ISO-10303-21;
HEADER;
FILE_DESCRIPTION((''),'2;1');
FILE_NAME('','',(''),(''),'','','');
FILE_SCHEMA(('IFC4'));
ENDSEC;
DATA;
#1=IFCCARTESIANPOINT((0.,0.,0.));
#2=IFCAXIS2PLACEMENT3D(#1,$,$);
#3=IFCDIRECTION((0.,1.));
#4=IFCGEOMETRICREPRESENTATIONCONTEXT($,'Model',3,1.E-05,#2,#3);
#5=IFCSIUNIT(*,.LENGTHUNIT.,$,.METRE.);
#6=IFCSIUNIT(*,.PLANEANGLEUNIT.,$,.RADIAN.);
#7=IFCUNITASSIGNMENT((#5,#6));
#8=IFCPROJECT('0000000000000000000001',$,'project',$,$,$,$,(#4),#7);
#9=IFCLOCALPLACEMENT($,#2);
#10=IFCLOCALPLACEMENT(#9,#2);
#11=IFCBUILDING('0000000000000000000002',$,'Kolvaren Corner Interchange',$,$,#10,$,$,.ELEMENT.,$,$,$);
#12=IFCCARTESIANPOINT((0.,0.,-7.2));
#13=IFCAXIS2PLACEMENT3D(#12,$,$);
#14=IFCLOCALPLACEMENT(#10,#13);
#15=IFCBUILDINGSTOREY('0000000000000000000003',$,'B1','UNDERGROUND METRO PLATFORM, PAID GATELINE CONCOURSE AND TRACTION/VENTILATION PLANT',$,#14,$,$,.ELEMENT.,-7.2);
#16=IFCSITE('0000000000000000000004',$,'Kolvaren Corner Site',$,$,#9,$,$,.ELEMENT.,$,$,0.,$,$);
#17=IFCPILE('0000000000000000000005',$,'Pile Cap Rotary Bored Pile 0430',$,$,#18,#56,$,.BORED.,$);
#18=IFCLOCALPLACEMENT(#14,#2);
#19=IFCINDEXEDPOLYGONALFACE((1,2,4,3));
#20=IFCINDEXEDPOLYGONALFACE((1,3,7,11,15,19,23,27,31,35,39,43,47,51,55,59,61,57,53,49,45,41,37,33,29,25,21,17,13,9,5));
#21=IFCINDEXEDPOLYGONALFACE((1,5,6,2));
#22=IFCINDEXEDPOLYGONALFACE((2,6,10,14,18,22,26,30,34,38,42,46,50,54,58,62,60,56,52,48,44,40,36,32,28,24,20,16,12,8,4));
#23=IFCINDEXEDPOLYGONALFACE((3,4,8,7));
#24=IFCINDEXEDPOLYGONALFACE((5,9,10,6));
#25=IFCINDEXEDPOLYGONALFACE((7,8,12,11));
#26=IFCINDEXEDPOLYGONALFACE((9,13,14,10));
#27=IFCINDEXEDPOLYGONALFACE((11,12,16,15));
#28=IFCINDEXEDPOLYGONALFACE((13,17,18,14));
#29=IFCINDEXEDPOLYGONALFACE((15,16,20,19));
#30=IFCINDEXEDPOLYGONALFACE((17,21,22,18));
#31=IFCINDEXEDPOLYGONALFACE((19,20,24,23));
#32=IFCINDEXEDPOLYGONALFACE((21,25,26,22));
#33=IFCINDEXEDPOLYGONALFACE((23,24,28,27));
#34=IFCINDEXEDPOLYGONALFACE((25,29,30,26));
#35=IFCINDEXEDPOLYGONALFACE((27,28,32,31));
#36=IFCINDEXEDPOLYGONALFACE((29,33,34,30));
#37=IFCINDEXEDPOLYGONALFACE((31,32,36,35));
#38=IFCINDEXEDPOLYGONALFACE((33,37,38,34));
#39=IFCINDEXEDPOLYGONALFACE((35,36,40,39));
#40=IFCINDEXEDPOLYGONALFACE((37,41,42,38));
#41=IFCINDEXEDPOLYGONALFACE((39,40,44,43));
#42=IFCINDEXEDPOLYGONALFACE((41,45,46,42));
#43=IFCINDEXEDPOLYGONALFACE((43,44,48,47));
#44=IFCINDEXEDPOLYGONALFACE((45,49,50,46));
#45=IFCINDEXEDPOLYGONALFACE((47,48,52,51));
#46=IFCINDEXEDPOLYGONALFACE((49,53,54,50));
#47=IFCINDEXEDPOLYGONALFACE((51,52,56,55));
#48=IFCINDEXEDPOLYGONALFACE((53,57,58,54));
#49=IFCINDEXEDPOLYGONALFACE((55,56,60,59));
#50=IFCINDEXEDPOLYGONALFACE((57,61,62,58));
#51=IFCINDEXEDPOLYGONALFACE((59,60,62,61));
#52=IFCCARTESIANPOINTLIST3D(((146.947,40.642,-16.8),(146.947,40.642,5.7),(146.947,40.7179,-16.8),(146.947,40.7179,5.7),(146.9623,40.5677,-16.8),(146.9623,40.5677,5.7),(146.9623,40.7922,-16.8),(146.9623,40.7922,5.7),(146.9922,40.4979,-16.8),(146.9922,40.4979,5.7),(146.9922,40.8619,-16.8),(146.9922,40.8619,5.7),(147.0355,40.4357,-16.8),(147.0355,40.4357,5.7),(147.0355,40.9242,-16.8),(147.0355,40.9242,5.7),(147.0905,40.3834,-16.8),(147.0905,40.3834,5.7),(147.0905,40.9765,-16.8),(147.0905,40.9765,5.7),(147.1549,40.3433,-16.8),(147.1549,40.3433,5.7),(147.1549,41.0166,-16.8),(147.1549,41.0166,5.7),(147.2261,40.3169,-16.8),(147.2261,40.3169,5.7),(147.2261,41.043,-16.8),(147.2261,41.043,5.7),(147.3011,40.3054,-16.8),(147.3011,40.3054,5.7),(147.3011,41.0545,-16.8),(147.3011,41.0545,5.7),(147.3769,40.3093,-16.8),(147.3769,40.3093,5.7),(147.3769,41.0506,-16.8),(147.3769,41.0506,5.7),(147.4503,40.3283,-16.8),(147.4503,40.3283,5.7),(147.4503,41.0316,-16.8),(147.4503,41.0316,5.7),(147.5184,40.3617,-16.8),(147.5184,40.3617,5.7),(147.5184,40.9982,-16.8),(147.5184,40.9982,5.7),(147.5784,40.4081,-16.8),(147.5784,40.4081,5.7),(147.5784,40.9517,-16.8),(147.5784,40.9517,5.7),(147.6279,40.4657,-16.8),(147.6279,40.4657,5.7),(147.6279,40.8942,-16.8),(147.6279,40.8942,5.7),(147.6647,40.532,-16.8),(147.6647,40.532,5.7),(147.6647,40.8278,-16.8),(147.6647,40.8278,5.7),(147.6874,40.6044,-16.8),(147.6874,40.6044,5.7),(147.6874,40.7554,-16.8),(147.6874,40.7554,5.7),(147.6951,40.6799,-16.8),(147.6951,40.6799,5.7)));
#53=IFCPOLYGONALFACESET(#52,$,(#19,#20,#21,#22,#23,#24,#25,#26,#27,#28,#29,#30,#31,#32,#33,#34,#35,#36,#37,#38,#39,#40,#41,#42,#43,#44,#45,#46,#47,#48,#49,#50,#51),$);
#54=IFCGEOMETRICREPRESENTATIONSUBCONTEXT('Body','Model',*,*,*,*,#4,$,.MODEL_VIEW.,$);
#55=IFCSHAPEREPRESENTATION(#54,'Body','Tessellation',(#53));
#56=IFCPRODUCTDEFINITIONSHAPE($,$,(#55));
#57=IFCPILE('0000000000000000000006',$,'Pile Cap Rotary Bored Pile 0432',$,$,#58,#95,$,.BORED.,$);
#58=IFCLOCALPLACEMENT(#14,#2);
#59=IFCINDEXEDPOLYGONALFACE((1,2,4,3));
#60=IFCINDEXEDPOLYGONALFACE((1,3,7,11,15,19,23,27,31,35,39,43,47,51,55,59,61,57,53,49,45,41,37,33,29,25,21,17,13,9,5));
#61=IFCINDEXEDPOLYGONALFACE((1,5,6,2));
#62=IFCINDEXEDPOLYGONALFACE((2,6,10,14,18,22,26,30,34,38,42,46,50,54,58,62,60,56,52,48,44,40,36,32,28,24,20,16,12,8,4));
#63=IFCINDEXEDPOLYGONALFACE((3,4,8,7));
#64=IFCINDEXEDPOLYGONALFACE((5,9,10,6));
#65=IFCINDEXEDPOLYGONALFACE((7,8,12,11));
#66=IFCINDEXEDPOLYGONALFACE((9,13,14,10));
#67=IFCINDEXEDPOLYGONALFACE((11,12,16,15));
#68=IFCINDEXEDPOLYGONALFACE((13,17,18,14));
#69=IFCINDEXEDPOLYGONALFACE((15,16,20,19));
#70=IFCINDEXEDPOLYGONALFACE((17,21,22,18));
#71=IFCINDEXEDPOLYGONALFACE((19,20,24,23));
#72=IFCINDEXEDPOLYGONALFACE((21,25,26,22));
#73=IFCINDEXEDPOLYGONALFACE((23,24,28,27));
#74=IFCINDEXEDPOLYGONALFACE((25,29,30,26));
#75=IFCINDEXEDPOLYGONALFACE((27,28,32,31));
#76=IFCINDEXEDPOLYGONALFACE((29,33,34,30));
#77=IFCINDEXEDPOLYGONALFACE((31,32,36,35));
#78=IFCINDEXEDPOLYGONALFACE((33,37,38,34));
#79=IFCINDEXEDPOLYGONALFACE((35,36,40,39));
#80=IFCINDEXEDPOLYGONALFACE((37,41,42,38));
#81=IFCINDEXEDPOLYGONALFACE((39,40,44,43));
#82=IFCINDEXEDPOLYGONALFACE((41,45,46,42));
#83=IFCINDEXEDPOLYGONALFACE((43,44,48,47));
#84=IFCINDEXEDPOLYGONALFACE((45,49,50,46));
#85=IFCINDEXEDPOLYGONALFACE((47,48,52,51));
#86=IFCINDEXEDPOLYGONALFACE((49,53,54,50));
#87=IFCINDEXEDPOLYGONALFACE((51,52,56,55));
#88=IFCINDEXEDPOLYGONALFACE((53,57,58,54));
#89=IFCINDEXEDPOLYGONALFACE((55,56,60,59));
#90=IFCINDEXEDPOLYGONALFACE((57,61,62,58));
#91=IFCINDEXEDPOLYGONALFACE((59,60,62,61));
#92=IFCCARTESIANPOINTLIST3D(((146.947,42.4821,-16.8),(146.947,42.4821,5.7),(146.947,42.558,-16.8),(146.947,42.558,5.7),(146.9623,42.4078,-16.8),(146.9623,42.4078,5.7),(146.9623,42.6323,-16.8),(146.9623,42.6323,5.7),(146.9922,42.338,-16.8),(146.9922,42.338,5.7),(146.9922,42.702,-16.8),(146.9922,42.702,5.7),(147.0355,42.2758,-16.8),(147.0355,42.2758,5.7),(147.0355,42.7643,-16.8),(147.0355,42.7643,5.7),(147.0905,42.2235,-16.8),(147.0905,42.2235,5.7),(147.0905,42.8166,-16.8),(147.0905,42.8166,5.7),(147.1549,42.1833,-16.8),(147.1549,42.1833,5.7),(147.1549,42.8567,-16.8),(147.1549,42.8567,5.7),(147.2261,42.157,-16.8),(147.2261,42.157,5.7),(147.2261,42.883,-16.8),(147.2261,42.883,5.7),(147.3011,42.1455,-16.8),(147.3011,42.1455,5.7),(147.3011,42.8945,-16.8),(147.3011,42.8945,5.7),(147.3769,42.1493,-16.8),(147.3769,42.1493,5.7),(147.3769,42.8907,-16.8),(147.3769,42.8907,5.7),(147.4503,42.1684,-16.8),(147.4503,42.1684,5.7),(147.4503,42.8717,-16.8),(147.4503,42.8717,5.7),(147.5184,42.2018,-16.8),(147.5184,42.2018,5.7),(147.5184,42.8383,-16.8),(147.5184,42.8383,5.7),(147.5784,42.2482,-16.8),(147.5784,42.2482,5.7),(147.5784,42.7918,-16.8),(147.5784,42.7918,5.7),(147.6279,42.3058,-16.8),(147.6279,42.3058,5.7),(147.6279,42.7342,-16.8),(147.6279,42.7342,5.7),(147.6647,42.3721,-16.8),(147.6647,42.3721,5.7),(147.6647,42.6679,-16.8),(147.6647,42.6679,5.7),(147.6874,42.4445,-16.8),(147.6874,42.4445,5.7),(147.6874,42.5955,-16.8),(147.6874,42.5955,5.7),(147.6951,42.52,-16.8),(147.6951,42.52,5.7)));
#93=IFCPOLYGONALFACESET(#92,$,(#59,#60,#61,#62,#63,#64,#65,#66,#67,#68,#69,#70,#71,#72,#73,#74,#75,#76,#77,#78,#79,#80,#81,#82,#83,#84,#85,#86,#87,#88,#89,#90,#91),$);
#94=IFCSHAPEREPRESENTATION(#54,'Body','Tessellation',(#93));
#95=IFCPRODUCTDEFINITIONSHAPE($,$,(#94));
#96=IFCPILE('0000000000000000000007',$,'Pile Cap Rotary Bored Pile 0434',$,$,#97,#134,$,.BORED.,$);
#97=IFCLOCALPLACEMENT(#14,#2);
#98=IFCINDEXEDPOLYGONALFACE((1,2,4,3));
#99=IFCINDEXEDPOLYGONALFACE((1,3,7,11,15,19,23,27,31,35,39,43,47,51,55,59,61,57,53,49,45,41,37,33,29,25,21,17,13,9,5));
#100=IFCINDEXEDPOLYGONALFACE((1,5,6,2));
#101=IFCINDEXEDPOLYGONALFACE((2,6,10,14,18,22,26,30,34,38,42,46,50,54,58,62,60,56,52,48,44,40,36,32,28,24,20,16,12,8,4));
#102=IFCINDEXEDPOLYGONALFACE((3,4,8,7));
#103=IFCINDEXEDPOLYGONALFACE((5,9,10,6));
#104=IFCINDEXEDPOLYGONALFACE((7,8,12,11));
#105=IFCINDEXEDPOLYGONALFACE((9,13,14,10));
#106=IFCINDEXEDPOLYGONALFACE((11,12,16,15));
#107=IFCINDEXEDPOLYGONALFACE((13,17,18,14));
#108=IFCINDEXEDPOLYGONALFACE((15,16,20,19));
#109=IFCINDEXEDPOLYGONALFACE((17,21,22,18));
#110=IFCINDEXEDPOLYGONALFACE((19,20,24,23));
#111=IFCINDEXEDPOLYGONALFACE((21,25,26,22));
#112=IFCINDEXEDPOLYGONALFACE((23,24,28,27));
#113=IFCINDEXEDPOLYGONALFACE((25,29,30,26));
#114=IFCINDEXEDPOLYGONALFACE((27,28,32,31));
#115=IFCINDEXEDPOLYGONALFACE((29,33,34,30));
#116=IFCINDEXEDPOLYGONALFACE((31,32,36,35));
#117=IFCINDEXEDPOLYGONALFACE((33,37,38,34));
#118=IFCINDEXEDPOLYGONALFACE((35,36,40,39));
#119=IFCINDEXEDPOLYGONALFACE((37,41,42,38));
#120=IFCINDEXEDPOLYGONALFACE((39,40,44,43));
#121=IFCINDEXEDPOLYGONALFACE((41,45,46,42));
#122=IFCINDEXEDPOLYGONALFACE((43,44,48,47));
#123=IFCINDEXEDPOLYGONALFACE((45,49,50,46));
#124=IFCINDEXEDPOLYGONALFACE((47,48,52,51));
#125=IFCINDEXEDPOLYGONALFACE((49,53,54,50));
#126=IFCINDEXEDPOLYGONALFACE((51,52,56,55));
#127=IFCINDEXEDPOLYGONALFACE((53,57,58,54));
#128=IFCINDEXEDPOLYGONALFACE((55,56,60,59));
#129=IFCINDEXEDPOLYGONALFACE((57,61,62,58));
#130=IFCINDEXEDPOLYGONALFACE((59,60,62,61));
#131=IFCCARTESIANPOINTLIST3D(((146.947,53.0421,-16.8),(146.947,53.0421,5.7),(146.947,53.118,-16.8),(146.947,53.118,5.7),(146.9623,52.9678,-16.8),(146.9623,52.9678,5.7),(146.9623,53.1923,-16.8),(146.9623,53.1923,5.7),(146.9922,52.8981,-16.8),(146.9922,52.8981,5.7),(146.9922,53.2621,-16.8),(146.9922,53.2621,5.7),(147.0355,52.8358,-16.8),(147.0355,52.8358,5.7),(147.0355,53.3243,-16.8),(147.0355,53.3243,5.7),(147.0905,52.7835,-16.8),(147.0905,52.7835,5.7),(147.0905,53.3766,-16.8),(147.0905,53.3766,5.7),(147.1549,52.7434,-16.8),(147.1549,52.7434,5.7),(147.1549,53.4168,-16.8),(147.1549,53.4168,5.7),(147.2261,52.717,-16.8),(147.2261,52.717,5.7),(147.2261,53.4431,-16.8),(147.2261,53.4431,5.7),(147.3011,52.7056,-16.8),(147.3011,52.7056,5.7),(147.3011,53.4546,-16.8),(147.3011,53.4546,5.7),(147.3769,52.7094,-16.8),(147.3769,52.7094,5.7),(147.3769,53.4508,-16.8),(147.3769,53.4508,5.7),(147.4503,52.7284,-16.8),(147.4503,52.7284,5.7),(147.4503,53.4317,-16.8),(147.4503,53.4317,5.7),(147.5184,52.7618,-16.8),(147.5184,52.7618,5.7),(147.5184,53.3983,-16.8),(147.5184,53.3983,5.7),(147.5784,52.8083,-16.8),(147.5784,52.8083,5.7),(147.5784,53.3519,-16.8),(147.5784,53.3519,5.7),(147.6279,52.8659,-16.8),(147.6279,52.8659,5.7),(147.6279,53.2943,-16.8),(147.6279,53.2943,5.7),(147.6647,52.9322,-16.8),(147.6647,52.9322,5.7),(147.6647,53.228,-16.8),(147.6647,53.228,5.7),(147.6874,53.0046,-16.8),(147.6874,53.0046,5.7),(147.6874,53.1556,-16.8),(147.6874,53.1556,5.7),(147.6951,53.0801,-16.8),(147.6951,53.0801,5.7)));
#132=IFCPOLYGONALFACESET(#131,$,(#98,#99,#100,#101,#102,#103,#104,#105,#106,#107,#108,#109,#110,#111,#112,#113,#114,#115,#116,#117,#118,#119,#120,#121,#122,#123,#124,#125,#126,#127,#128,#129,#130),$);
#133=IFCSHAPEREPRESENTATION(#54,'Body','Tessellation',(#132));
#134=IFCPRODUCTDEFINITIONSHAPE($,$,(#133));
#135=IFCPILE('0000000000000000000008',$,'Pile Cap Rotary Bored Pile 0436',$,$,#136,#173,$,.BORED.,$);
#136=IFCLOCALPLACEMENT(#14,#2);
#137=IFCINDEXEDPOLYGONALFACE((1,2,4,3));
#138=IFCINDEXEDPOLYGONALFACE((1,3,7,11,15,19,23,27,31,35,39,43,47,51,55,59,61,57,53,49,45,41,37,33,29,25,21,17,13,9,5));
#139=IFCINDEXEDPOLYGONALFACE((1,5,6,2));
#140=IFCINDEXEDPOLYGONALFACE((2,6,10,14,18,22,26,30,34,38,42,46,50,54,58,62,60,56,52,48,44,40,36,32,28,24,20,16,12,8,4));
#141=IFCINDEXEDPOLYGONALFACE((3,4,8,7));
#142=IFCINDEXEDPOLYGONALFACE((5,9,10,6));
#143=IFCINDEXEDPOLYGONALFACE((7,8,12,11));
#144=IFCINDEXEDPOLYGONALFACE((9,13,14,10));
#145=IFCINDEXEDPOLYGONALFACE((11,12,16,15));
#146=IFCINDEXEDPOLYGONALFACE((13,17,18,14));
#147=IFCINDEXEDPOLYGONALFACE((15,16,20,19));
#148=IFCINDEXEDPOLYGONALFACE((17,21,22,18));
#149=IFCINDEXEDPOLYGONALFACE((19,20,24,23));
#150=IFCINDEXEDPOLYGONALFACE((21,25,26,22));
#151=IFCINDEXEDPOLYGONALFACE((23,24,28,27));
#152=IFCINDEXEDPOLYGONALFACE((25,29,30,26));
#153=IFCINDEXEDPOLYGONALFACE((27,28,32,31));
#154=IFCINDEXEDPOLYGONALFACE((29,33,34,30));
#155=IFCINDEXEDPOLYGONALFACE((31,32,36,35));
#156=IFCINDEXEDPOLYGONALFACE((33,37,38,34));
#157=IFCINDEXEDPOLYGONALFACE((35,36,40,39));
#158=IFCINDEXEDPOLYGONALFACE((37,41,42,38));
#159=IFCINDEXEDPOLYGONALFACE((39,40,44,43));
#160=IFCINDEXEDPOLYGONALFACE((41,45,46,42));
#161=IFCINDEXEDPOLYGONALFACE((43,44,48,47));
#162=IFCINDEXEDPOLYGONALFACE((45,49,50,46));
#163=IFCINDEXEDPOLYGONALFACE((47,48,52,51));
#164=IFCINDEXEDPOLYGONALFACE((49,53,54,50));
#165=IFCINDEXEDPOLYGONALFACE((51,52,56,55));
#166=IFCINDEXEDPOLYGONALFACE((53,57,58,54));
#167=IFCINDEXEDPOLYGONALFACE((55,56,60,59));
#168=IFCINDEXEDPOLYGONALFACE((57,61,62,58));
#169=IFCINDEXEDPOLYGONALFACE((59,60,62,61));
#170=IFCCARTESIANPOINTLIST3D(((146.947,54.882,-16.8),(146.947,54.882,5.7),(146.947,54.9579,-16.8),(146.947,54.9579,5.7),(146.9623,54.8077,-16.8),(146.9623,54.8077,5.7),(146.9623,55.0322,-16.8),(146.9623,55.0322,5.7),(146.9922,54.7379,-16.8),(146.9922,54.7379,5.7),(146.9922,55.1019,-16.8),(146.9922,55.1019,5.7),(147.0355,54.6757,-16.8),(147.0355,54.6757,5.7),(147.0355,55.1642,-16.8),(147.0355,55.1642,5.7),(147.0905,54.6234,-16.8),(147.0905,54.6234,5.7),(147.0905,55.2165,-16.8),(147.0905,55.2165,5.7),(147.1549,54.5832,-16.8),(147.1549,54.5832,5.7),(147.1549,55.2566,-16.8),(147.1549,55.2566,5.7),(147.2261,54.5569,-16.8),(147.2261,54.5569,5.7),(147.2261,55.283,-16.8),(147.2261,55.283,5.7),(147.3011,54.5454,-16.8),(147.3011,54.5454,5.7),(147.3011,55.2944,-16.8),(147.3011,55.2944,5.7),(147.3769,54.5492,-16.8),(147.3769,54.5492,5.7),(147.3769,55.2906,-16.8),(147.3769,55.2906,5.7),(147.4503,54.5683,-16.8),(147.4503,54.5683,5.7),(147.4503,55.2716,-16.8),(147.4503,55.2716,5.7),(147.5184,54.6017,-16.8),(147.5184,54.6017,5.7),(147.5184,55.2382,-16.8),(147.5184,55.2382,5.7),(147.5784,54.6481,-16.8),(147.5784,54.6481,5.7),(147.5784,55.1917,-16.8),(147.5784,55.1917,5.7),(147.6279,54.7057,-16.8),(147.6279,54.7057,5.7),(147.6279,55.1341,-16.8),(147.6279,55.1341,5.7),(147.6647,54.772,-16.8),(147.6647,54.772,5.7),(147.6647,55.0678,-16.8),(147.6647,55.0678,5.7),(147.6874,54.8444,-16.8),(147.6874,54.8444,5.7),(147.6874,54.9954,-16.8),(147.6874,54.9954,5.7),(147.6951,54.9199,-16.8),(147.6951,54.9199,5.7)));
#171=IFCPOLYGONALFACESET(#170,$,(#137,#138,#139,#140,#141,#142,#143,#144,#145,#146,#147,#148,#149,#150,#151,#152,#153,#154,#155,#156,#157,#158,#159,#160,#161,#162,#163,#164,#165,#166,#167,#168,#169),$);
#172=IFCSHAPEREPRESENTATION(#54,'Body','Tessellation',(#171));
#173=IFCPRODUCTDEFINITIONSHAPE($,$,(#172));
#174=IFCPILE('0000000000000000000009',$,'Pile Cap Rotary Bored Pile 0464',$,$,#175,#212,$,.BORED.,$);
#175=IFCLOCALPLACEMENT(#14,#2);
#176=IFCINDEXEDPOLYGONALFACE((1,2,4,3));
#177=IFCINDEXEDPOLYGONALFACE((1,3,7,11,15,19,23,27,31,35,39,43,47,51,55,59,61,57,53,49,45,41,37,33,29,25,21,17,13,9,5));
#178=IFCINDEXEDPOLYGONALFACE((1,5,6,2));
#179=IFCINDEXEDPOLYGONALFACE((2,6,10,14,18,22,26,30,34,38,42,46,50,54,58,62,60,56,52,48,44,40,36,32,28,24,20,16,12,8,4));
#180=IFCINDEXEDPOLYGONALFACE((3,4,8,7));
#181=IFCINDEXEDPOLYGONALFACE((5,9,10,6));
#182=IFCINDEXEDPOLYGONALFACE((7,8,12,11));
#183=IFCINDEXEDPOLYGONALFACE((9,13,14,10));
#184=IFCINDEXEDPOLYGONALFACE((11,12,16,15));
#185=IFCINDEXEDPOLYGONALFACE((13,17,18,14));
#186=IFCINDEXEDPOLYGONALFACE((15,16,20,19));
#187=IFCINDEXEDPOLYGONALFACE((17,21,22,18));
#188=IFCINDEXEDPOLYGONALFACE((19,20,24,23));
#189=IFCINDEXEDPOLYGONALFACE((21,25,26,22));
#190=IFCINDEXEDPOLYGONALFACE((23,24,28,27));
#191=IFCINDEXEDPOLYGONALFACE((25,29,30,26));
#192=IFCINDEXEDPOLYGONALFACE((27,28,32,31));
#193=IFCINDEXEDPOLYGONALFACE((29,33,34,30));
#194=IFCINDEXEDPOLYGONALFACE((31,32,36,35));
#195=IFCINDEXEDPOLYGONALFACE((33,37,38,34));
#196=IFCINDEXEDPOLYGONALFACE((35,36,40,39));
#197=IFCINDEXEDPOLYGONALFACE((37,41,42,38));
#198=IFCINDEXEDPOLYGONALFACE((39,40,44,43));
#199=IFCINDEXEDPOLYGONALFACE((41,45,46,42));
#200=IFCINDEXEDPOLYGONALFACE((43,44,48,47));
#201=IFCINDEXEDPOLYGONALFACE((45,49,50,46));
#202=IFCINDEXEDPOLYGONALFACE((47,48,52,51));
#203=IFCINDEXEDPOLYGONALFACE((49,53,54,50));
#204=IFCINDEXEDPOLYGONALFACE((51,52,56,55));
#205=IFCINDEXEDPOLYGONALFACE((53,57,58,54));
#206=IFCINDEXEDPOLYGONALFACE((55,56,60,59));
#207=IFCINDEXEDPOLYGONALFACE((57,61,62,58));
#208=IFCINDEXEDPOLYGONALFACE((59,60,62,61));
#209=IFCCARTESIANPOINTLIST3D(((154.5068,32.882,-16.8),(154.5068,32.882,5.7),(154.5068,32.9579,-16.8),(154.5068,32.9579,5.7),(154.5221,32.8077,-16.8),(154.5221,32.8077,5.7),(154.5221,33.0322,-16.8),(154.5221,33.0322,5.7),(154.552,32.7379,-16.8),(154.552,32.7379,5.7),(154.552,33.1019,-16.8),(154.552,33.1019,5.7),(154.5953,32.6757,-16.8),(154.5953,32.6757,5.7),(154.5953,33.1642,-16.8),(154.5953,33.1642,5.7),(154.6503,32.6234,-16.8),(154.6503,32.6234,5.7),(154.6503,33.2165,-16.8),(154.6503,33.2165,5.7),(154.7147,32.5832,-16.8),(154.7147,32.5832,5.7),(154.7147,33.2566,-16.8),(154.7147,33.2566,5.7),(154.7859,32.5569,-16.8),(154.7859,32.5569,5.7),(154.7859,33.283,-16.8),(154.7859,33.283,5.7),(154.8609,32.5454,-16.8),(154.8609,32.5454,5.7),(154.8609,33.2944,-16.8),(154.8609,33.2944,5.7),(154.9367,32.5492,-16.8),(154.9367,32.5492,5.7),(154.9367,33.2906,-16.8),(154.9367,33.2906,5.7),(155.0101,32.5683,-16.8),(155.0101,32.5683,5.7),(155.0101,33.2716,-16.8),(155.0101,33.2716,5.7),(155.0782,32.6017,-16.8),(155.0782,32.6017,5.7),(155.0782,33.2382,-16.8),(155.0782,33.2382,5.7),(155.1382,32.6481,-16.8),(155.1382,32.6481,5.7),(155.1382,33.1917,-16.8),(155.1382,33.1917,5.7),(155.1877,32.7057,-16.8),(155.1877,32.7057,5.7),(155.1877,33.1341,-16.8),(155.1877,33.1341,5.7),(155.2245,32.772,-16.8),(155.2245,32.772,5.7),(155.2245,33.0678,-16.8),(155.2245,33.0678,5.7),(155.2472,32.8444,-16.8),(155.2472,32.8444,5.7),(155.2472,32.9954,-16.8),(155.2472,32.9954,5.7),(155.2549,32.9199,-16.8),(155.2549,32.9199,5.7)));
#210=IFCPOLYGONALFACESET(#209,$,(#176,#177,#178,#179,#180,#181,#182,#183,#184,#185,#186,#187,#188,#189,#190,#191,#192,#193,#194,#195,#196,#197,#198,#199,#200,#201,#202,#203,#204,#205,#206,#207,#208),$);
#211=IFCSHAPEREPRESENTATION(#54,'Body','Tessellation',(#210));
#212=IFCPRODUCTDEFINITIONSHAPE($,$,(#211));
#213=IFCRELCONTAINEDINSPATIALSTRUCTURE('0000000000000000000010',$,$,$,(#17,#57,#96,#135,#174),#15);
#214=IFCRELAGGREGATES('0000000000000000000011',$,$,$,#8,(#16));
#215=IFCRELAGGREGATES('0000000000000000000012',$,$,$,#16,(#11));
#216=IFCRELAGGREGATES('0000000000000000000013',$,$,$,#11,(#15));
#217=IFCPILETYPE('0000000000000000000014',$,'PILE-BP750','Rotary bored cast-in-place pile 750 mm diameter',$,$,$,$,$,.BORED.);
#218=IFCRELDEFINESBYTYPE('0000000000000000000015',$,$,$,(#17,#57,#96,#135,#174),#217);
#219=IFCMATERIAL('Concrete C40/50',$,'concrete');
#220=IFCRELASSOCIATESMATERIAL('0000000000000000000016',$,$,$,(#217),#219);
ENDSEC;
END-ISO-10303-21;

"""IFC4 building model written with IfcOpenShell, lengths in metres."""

from ifc_helpers import new_model, si_unit, direction, frame, origin, origin_2d, place, context, subcontext, project, spatial, circle, extrude, material, material_profile, profile_set, type_object, element, save


model = new_model("IFC4")

# Units and contexts
model_context = context("Model", 3, precision=1e-05, world=origin(), true_north=direction((0.0, 1.0)))
body_context = subcontext(model_context, "Body", "Model", "MODEL_VIEW")
ifc_project = project(units=[si_unit("LENGTHUNIT", "METRE"), si_unit("PLANEANGLEUNIT", "RADIAN")], contexts=[model_context])

# Site, building, storey
site_placement = place(None, origin())
site = spatial("IfcSite", under=ifc_project, at=site_placement, Name="Kolvaren Corner Site", CompositionType="ELEMENT", RefElevation=0.0)
building_placement = place(site_placement, origin())
building = spatial("IfcBuilding", under=site, at=building_placement, Name="Kolvaren Corner Interchange", CompositionType="ELEMENT")
storey_placement = place(building_placement, frame((0.0, 0.0, -7.2)))
storey = spatial("IfcBuildingStorey", under=building, at=storey_placement, Name="B1", Description="UNDERGROUND METRO PLATFORM, PAID GATELINE CONCOURSE AND TRACTION/VENTILATION PLANT", CompositionType="ELEMENT", Elevation=-7.2)

# Piles
ifc_material_1 = material(Name="Concrete C40/50", Category="concrete")
ifc_material_profile_1 = material_profile(ifc_material_1, circle(Radius=0.375, at=origin_2d()), Name="BORED PILE 750")
ifc_profile_set_1 = profile_set([ifc_material_profile_1], Name="Concrete C40/50")
pile_type_1 = type_object("IfcPileType", Name="PILE-BP750", Description="Rotary bored cast-in-place pile 750 mm diameter", PredefinedType="BORED", material=ifc_profile_set_1)
for number, where, z_axis, x_axis, name in (
    (1, (147.3201, 40.6799, 5.7), (0.0, 0.0, -1.0), (1.0, 0.0, 0.0), "Pile Cap Rotary Bored Pile 0430"),
    (2, (147.3201, 42.52, 5.7), (0.0, 0.0, -1.0), (1.0, 0.0, 0.0), "Pile Cap Rotary Bored Pile 0432"),
    (3, (147.3201, 53.0801, 5.7), (0.0, 0.0, -1.0), (1.0, 0.0, 0.0), "Pile Cap Rotary Bored Pile 0434"),
    (4, (147.3201, 54.9199, 5.7), (0.0, 0.0, -1.0), (1.0, 0.0, 0.0), "Pile Cap Rotary Bored Pile 0436"),
    (5, (154.8799, 32.9199, 5.7), (0.0, 0.0, -1.0), (1.0, 0.0, 0.0), "Pile Cap Rotary Bored Pile 0464"),
):
    element("IfcPile", number, at=place(storey_placement, frame(where, z_axis=z_axis, x_axis=x_axis)), inside=storey, type_object=pile_type_1, Name=name, PredefinedType="BORED", context=body_context, shape_type="SweptSolid", body=[
        extrude(circle(Radius=0.375, at=origin_2d()), origin(), (0.0, 0.0, 1.0), 22.5),
    ])

save(model, "model.ifc")
